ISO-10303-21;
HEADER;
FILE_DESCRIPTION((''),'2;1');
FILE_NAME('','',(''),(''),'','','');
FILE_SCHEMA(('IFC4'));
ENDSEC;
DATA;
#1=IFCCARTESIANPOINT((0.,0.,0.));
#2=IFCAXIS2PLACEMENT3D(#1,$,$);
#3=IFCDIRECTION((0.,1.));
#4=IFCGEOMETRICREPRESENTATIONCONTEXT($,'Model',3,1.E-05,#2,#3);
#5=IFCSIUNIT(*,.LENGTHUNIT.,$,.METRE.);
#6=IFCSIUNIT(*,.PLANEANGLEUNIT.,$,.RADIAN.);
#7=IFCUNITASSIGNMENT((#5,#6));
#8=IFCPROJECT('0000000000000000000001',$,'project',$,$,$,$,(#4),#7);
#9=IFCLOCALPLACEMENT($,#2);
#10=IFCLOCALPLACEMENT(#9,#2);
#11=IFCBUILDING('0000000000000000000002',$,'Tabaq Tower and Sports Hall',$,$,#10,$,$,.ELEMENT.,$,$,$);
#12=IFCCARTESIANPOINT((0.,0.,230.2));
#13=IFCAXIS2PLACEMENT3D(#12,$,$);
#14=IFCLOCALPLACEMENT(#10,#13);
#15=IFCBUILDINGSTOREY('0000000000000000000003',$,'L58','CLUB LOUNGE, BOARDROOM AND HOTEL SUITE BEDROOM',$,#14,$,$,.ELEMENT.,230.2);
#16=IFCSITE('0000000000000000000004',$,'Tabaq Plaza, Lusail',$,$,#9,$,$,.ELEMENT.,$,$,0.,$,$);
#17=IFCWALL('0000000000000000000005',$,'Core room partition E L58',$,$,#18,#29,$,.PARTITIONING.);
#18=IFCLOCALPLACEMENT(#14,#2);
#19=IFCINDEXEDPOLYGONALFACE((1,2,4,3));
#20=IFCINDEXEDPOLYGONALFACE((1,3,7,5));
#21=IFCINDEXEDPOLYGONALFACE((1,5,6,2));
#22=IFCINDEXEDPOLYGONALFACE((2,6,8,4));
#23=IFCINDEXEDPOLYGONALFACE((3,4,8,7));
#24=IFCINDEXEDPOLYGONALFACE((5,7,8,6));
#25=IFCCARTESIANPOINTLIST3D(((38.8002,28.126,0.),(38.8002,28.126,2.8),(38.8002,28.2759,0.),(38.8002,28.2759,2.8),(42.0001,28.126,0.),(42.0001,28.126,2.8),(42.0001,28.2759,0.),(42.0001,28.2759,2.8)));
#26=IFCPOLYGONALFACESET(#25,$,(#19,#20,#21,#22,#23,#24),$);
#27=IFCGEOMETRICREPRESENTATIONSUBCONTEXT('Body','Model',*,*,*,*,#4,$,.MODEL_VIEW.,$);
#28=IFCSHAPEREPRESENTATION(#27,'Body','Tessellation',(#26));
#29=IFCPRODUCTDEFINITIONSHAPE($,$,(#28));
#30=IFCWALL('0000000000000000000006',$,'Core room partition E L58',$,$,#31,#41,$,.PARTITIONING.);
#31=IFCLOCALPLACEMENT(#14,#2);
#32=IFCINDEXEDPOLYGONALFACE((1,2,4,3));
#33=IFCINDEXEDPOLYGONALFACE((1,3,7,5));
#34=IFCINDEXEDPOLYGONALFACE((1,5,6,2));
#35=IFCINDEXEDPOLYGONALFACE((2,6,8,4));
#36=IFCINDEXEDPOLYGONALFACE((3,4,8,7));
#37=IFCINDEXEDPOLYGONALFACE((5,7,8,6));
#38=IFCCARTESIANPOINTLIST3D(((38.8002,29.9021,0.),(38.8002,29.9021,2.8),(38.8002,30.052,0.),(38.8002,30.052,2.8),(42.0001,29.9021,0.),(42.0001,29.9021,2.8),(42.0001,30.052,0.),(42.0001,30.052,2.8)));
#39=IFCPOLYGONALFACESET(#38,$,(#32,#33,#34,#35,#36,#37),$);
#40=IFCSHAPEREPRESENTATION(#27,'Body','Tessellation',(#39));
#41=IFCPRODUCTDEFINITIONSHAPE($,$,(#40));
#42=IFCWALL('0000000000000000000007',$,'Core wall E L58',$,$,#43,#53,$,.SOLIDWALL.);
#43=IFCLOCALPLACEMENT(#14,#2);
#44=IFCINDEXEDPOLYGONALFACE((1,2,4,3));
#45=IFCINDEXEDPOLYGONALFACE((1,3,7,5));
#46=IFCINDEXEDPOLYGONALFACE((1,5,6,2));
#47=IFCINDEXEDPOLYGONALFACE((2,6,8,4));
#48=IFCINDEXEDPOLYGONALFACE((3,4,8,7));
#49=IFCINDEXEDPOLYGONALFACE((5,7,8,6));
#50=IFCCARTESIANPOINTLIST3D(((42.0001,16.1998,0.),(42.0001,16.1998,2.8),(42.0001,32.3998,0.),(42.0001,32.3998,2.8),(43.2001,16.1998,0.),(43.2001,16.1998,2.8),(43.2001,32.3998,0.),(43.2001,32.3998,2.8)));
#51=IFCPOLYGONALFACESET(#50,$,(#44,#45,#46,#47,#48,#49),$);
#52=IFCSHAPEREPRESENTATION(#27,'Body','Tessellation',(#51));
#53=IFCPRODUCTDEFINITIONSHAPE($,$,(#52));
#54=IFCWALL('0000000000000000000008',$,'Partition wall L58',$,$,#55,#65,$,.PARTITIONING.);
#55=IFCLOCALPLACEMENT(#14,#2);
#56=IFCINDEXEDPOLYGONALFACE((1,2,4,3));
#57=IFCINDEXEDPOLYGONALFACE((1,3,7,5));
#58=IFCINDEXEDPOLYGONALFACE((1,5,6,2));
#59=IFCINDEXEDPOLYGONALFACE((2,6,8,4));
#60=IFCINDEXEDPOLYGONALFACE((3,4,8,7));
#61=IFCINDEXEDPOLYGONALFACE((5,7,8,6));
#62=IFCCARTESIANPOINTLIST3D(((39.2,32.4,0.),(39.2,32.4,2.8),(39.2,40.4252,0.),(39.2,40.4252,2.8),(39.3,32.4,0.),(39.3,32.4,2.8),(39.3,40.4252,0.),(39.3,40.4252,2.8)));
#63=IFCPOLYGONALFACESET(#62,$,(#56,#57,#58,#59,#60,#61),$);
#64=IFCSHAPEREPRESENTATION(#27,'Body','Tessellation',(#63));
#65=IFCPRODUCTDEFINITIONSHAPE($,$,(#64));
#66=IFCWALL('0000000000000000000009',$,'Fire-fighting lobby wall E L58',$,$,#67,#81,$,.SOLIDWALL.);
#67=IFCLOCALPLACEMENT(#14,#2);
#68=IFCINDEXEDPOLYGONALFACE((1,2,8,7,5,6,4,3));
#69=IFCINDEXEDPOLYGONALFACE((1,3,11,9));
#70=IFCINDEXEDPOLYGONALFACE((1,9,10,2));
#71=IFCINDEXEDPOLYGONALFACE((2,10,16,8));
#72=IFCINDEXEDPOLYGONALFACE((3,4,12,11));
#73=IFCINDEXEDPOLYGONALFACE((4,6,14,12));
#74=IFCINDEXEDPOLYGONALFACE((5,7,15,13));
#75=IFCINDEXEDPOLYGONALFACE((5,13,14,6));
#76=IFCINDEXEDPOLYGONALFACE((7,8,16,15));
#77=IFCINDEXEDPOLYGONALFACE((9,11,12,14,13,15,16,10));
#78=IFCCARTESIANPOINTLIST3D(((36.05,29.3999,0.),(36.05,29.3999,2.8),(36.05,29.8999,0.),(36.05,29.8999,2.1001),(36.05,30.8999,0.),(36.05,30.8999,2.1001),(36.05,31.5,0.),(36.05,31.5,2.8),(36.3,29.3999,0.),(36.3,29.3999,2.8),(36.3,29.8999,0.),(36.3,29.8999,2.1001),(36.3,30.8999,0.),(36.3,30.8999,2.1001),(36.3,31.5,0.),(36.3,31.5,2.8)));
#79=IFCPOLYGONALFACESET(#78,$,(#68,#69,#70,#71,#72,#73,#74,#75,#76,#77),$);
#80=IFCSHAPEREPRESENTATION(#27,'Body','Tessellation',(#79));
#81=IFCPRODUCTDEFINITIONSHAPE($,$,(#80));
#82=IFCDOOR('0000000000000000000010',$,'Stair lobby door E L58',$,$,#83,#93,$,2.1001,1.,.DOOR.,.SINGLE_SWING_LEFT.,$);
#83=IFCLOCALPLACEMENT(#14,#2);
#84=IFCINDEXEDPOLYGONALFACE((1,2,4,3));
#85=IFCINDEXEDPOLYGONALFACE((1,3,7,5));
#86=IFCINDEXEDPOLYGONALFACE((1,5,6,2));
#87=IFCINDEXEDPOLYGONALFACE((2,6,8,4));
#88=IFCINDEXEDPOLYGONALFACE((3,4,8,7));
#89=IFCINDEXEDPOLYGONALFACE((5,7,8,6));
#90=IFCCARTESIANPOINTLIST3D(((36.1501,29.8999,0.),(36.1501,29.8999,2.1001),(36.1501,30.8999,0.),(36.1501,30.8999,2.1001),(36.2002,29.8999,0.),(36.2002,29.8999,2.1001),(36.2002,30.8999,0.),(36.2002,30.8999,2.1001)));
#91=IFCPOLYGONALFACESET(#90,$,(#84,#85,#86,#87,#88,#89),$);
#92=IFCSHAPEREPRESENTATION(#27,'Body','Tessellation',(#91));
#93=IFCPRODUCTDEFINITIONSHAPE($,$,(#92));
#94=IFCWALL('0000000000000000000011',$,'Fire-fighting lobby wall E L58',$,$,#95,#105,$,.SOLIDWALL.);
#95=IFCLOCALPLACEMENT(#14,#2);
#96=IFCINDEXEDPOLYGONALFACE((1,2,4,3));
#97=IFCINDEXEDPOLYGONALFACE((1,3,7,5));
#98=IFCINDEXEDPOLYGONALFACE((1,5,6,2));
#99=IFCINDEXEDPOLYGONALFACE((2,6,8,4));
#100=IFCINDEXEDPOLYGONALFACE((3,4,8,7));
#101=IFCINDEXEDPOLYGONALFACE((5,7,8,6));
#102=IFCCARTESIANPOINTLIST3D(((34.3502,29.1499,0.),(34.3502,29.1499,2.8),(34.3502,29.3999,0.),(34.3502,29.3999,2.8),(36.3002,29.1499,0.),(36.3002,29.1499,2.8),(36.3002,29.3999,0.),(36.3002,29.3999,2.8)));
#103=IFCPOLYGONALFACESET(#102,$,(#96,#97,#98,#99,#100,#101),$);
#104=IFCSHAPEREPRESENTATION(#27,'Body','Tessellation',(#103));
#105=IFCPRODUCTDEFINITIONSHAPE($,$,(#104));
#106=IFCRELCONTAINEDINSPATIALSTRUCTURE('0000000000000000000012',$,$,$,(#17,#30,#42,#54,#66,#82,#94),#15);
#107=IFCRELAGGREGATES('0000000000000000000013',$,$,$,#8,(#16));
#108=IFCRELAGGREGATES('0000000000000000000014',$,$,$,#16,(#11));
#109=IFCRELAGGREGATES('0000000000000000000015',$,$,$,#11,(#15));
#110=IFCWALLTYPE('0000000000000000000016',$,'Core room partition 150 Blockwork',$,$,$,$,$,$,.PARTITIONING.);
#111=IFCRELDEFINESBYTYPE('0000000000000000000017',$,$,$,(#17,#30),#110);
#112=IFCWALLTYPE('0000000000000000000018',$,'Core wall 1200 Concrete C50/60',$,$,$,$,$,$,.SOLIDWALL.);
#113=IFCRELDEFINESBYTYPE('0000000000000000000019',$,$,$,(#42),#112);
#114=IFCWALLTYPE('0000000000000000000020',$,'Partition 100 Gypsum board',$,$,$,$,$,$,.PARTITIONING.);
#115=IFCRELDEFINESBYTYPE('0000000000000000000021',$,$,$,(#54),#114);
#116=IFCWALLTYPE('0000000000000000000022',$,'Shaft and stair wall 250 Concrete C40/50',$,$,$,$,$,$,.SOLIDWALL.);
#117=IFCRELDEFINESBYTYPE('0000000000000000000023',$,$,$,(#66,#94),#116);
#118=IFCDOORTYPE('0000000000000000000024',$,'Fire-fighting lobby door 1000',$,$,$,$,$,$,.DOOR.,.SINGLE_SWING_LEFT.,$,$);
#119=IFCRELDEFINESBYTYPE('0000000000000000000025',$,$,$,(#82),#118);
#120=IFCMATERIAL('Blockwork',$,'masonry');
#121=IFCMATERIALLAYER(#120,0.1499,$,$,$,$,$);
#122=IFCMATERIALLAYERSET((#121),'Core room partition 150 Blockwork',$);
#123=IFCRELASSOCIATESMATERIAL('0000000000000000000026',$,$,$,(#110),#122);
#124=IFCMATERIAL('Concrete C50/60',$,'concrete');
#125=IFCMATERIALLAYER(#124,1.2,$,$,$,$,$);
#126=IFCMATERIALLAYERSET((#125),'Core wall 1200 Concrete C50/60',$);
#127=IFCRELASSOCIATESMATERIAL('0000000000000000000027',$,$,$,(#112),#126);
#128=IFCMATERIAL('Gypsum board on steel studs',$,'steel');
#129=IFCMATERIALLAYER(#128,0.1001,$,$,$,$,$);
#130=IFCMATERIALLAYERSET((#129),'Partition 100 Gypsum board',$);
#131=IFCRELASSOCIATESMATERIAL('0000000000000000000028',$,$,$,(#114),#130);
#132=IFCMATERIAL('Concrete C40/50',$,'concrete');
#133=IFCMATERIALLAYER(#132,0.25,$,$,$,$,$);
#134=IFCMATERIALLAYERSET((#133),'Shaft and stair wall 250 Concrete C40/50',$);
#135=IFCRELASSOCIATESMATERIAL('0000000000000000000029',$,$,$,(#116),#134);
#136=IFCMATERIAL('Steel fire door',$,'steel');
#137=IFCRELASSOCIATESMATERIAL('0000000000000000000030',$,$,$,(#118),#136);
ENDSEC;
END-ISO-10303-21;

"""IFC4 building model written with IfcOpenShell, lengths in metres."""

from ifc_helpers import new_model, si_unit, direction, frame, frame_2d, origin, place, context, subcontext, project, spatial, rectangle, extrude, material, layer, layer_set, type_object, element, fill, save


model = new_model("IFC4")

# Units and contexts
model_context = context("Model", 3, precision=1e-05, world=origin(), true_north=direction((0.0, 1.0)))
body_context = subcontext(model_context, "Body", "Model", "MODEL_VIEW")
ifc_project = project(units=[si_unit("LENGTHUNIT", "METRE"), si_unit("PLANEANGLEUNIT", "RADIAN")], contexts=[model_context])

# Site, building, storey
site_placement = place(None, origin())
site = spatial("IfcSite", under=ifc_project, at=site_placement, Name="Tabaq Plaza, Lusail", CompositionType="ELEMENT", RefElevation=0.0)
building_placement = place(site_placement, origin())
building = spatial("IfcBuilding", under=site, at=building_placement, Name="Tabaq Tower and Sports Hall", CompositionType="ELEMENT")
storey_placement = place(building_placement, frame((0.0, 0.0, 230.2)))
storey = spatial("IfcBuildingStorey", under=building, at=storey_placement, Name="L58", Description="CLUB LOUNGE, BOARDROOM AND HOTEL SUITE BEDROOM", CompositionType="ELEMENT", Elevation=230.2)

# Walls
ifc_material_1 = material(Name="Blockwork", Category="masonry")
ifc_layer_1 = layer(ifc_material_1, 0.1499)
ifc_layer_set_1 = layer_set([ifc_layer_1], Name="Core room partition 150 Blockwork")
wall_type_1 = type_object("IfcWallType", Name="Core room partition 150 Blockwork", PredefinedType="PARTITIONING", material=ifc_layer_set_1)
for number, where, z_axis, x_axis, name in (
    (1, (38.8, 28.2009, 0.0), (0.0, 0.0, 1.0), (1.0, 0.0, 0.0), "Core room partition E L58"),
    (2, (38.8, 29.9771, 0.0), (0.0, 0.0, 1.0), (1.0, 0.0, 0.0), "Core room partition E L58"),
):
    element("IfcWall", number, at=place(storey_placement, frame(where, z_axis=z_axis, x_axis=x_axis)), inside=storey, type_object=wall_type_1, Name=name, PredefinedType="PARTITIONING", context=body_context, shape_type="SweptSolid", body=[
        extrude(rectangle(XDim=3.2, YDim=0.1499, at=frame_2d((1.6001, 0.0))), origin(), (0.0, 0.0, 1.0), 2.8),
    ])
ifc_material_2 = material(Name="Concrete C50/60", Category="concrete")
ifc_layer_2 = layer(ifc_material_2, 1.2)
ifc_layer_set_2 = layer_set([ifc_layer_2], Name="Core wall 1200 Concrete C50/60")
wall_type_2 = type_object("IfcWallType", Name="Core wall 1200 Concrete C50/60", PredefinedType="SOLIDWALL", material=ifc_layer_set_2)
wall_1_placement = place(storey_placement, frame((42.6001, 32.3999, 0.0), z_axis=(0.0, 0.0, 1.0), x_axis=(0.0, -1.0, 0.0)))
element("IfcWall", 3, at=wall_1_placement, inside=storey, type_object=wall_type_2, Name="Core wall E L58", PredefinedType="SOLIDWALL", context=body_context, shape_type="SweptSolid", body=[
    extrude(rectangle(XDim=16.2, YDim=1.2, at=frame_2d((8.1001, 0.0))), origin(), (0.0, 0.0, 1.0), 2.8),
])
ifc_material_3 = material(Name="Gypsum board on steel studs", Category="steel")
ifc_layer_3 = layer(ifc_material_3, 0.1001)
ifc_layer_set_3 = layer_set([ifc_layer_3], Name="Partition 100 Gypsum board")
wall_type_3 = type_object("IfcWallType", Name="Partition 100 Gypsum board", PredefinedType="PARTITIONING", material=ifc_layer_set_3)
wall_2_placement = place(storey_placement, frame((39.25, 32.3999, 0.0), z_axis=(0.0, 0.0, 1.0), x_axis=(0.0, 1.0, 0.0)))
element("IfcWall", 4, at=wall_2_placement, inside=storey, type_object=wall_type_3, Name="Partition wall L58", PredefinedType="PARTITIONING", context=body_context, shape_type="SweptSolid", body=[
    extrude(rectangle(XDim=8.0251, YDim=0.1001, at=frame_2d((4.0127, 0.0))), origin(), (0.0, 0.0, 1.0), 2.8),
])

# Wall, opening, door
ifc_material_4 = material(Name="Concrete C40/50", Category="concrete")
ifc_layer_4 = layer(ifc_material_4, 0.25)
ifc_layer_set_4 = layer_set([ifc_layer_4], Name="Shaft and stair wall 250 Concrete C40/50")
wall_type_4 = type_object("IfcWallType", Name="Shaft and stair wall 250 Concrete C40/50", PredefinedType="SOLIDWALL", material=ifc_layer_set_4)
wall_3_placement = place(storey_placement, frame((36.175, 29.3999, 0.0), z_axis=(0.0, 0.0, 1.0), x_axis=(0.0, 1.0, 0.0)))
wall_3 = element("IfcWall", 5, at=wall_3_placement, inside=storey, type_object=wall_type_4, Name="Fire-fighting lobby wall E L58", PredefinedType="SOLIDWALL", context=body_context, shape_type="SweptSolid", body=[
    extrude(rectangle(XDim=2.1001, YDim=0.25, at=frame_2d((1.05, 0.0))), origin(), (0.0, 0.0, 1.0), 2.8),
])
opening_1_placement = place(wall_3_placement, frame((0.5, 0.0, 0.0)))
opening_1 = element("IfcOpeningElement", 6, at=opening_1_placement, cuts=wall_3, PredefinedType="OPENING", context=body_context, shape_type="SweptSolid", body=[
    extrude(rectangle(XDim=1.0, YDim=2.1001, at=frame_2d((0.5, 1.05))), frame((0.0, 0.125, 0.0), z_axis=(0.0, -1.0, 0.0), x_axis=(1.0, 0.0, 0.0)), (0.0, 0.0, 1.0), 0.25),
])
ifc_material_5 = material(Name="Steel fire door", Category="steel")
door_type = type_object("IfcDoorType", Name="Fire-fighting lobby door 1000", OperationType="SINGLE_SWING_LEFT", PredefinedType="DOOR", material=ifc_material_5)
door_placement = place(opening_1_placement, origin())
door = element("IfcDoor", 7, at=door_placement, inside=storey, type_object=door_type, Name="Stair lobby door E L58", OperationType="SINGLE_SWING_LEFT", OverallHeight=2.1001, OverallWidth=1.0, PredefinedType="DOOR", context=body_context, shape_type="SweptSolid", body=[
    extrude(rectangle(XDim=1.0, YDim=2.1001, at=frame_2d((0.5, 1.05))), frame((0.0, 0.0249, 0.0), z_axis=(0.0, -1.0, 0.0), x_axis=(1.0, 0.0, 0.0)), (0.0, 0.0, 1.0), 0.05),
])
fill(opening_1, door)

# Wall
wall_4_placement = place(storey_placement, frame((34.3501, 29.2749, 0.0), z_axis=(0.0, 0.0, 1.0), x_axis=(1.0, 0.0, 0.0)))
element("IfcWall", 8, at=wall_4_placement, inside=storey, type_object=wall_type_4, Name="Fire-fighting lobby wall E L58", PredefinedType="SOLIDWALL", context=body_context, shape_type="SweptSolid", body=[
    extrude(rectangle(XDim=1.95, YDim=0.25, at=frame_2d((0.9751, 0.0))), origin(), (0.0, 0.0, 1.0), 2.8),
])

save(model, "model.ifc")
